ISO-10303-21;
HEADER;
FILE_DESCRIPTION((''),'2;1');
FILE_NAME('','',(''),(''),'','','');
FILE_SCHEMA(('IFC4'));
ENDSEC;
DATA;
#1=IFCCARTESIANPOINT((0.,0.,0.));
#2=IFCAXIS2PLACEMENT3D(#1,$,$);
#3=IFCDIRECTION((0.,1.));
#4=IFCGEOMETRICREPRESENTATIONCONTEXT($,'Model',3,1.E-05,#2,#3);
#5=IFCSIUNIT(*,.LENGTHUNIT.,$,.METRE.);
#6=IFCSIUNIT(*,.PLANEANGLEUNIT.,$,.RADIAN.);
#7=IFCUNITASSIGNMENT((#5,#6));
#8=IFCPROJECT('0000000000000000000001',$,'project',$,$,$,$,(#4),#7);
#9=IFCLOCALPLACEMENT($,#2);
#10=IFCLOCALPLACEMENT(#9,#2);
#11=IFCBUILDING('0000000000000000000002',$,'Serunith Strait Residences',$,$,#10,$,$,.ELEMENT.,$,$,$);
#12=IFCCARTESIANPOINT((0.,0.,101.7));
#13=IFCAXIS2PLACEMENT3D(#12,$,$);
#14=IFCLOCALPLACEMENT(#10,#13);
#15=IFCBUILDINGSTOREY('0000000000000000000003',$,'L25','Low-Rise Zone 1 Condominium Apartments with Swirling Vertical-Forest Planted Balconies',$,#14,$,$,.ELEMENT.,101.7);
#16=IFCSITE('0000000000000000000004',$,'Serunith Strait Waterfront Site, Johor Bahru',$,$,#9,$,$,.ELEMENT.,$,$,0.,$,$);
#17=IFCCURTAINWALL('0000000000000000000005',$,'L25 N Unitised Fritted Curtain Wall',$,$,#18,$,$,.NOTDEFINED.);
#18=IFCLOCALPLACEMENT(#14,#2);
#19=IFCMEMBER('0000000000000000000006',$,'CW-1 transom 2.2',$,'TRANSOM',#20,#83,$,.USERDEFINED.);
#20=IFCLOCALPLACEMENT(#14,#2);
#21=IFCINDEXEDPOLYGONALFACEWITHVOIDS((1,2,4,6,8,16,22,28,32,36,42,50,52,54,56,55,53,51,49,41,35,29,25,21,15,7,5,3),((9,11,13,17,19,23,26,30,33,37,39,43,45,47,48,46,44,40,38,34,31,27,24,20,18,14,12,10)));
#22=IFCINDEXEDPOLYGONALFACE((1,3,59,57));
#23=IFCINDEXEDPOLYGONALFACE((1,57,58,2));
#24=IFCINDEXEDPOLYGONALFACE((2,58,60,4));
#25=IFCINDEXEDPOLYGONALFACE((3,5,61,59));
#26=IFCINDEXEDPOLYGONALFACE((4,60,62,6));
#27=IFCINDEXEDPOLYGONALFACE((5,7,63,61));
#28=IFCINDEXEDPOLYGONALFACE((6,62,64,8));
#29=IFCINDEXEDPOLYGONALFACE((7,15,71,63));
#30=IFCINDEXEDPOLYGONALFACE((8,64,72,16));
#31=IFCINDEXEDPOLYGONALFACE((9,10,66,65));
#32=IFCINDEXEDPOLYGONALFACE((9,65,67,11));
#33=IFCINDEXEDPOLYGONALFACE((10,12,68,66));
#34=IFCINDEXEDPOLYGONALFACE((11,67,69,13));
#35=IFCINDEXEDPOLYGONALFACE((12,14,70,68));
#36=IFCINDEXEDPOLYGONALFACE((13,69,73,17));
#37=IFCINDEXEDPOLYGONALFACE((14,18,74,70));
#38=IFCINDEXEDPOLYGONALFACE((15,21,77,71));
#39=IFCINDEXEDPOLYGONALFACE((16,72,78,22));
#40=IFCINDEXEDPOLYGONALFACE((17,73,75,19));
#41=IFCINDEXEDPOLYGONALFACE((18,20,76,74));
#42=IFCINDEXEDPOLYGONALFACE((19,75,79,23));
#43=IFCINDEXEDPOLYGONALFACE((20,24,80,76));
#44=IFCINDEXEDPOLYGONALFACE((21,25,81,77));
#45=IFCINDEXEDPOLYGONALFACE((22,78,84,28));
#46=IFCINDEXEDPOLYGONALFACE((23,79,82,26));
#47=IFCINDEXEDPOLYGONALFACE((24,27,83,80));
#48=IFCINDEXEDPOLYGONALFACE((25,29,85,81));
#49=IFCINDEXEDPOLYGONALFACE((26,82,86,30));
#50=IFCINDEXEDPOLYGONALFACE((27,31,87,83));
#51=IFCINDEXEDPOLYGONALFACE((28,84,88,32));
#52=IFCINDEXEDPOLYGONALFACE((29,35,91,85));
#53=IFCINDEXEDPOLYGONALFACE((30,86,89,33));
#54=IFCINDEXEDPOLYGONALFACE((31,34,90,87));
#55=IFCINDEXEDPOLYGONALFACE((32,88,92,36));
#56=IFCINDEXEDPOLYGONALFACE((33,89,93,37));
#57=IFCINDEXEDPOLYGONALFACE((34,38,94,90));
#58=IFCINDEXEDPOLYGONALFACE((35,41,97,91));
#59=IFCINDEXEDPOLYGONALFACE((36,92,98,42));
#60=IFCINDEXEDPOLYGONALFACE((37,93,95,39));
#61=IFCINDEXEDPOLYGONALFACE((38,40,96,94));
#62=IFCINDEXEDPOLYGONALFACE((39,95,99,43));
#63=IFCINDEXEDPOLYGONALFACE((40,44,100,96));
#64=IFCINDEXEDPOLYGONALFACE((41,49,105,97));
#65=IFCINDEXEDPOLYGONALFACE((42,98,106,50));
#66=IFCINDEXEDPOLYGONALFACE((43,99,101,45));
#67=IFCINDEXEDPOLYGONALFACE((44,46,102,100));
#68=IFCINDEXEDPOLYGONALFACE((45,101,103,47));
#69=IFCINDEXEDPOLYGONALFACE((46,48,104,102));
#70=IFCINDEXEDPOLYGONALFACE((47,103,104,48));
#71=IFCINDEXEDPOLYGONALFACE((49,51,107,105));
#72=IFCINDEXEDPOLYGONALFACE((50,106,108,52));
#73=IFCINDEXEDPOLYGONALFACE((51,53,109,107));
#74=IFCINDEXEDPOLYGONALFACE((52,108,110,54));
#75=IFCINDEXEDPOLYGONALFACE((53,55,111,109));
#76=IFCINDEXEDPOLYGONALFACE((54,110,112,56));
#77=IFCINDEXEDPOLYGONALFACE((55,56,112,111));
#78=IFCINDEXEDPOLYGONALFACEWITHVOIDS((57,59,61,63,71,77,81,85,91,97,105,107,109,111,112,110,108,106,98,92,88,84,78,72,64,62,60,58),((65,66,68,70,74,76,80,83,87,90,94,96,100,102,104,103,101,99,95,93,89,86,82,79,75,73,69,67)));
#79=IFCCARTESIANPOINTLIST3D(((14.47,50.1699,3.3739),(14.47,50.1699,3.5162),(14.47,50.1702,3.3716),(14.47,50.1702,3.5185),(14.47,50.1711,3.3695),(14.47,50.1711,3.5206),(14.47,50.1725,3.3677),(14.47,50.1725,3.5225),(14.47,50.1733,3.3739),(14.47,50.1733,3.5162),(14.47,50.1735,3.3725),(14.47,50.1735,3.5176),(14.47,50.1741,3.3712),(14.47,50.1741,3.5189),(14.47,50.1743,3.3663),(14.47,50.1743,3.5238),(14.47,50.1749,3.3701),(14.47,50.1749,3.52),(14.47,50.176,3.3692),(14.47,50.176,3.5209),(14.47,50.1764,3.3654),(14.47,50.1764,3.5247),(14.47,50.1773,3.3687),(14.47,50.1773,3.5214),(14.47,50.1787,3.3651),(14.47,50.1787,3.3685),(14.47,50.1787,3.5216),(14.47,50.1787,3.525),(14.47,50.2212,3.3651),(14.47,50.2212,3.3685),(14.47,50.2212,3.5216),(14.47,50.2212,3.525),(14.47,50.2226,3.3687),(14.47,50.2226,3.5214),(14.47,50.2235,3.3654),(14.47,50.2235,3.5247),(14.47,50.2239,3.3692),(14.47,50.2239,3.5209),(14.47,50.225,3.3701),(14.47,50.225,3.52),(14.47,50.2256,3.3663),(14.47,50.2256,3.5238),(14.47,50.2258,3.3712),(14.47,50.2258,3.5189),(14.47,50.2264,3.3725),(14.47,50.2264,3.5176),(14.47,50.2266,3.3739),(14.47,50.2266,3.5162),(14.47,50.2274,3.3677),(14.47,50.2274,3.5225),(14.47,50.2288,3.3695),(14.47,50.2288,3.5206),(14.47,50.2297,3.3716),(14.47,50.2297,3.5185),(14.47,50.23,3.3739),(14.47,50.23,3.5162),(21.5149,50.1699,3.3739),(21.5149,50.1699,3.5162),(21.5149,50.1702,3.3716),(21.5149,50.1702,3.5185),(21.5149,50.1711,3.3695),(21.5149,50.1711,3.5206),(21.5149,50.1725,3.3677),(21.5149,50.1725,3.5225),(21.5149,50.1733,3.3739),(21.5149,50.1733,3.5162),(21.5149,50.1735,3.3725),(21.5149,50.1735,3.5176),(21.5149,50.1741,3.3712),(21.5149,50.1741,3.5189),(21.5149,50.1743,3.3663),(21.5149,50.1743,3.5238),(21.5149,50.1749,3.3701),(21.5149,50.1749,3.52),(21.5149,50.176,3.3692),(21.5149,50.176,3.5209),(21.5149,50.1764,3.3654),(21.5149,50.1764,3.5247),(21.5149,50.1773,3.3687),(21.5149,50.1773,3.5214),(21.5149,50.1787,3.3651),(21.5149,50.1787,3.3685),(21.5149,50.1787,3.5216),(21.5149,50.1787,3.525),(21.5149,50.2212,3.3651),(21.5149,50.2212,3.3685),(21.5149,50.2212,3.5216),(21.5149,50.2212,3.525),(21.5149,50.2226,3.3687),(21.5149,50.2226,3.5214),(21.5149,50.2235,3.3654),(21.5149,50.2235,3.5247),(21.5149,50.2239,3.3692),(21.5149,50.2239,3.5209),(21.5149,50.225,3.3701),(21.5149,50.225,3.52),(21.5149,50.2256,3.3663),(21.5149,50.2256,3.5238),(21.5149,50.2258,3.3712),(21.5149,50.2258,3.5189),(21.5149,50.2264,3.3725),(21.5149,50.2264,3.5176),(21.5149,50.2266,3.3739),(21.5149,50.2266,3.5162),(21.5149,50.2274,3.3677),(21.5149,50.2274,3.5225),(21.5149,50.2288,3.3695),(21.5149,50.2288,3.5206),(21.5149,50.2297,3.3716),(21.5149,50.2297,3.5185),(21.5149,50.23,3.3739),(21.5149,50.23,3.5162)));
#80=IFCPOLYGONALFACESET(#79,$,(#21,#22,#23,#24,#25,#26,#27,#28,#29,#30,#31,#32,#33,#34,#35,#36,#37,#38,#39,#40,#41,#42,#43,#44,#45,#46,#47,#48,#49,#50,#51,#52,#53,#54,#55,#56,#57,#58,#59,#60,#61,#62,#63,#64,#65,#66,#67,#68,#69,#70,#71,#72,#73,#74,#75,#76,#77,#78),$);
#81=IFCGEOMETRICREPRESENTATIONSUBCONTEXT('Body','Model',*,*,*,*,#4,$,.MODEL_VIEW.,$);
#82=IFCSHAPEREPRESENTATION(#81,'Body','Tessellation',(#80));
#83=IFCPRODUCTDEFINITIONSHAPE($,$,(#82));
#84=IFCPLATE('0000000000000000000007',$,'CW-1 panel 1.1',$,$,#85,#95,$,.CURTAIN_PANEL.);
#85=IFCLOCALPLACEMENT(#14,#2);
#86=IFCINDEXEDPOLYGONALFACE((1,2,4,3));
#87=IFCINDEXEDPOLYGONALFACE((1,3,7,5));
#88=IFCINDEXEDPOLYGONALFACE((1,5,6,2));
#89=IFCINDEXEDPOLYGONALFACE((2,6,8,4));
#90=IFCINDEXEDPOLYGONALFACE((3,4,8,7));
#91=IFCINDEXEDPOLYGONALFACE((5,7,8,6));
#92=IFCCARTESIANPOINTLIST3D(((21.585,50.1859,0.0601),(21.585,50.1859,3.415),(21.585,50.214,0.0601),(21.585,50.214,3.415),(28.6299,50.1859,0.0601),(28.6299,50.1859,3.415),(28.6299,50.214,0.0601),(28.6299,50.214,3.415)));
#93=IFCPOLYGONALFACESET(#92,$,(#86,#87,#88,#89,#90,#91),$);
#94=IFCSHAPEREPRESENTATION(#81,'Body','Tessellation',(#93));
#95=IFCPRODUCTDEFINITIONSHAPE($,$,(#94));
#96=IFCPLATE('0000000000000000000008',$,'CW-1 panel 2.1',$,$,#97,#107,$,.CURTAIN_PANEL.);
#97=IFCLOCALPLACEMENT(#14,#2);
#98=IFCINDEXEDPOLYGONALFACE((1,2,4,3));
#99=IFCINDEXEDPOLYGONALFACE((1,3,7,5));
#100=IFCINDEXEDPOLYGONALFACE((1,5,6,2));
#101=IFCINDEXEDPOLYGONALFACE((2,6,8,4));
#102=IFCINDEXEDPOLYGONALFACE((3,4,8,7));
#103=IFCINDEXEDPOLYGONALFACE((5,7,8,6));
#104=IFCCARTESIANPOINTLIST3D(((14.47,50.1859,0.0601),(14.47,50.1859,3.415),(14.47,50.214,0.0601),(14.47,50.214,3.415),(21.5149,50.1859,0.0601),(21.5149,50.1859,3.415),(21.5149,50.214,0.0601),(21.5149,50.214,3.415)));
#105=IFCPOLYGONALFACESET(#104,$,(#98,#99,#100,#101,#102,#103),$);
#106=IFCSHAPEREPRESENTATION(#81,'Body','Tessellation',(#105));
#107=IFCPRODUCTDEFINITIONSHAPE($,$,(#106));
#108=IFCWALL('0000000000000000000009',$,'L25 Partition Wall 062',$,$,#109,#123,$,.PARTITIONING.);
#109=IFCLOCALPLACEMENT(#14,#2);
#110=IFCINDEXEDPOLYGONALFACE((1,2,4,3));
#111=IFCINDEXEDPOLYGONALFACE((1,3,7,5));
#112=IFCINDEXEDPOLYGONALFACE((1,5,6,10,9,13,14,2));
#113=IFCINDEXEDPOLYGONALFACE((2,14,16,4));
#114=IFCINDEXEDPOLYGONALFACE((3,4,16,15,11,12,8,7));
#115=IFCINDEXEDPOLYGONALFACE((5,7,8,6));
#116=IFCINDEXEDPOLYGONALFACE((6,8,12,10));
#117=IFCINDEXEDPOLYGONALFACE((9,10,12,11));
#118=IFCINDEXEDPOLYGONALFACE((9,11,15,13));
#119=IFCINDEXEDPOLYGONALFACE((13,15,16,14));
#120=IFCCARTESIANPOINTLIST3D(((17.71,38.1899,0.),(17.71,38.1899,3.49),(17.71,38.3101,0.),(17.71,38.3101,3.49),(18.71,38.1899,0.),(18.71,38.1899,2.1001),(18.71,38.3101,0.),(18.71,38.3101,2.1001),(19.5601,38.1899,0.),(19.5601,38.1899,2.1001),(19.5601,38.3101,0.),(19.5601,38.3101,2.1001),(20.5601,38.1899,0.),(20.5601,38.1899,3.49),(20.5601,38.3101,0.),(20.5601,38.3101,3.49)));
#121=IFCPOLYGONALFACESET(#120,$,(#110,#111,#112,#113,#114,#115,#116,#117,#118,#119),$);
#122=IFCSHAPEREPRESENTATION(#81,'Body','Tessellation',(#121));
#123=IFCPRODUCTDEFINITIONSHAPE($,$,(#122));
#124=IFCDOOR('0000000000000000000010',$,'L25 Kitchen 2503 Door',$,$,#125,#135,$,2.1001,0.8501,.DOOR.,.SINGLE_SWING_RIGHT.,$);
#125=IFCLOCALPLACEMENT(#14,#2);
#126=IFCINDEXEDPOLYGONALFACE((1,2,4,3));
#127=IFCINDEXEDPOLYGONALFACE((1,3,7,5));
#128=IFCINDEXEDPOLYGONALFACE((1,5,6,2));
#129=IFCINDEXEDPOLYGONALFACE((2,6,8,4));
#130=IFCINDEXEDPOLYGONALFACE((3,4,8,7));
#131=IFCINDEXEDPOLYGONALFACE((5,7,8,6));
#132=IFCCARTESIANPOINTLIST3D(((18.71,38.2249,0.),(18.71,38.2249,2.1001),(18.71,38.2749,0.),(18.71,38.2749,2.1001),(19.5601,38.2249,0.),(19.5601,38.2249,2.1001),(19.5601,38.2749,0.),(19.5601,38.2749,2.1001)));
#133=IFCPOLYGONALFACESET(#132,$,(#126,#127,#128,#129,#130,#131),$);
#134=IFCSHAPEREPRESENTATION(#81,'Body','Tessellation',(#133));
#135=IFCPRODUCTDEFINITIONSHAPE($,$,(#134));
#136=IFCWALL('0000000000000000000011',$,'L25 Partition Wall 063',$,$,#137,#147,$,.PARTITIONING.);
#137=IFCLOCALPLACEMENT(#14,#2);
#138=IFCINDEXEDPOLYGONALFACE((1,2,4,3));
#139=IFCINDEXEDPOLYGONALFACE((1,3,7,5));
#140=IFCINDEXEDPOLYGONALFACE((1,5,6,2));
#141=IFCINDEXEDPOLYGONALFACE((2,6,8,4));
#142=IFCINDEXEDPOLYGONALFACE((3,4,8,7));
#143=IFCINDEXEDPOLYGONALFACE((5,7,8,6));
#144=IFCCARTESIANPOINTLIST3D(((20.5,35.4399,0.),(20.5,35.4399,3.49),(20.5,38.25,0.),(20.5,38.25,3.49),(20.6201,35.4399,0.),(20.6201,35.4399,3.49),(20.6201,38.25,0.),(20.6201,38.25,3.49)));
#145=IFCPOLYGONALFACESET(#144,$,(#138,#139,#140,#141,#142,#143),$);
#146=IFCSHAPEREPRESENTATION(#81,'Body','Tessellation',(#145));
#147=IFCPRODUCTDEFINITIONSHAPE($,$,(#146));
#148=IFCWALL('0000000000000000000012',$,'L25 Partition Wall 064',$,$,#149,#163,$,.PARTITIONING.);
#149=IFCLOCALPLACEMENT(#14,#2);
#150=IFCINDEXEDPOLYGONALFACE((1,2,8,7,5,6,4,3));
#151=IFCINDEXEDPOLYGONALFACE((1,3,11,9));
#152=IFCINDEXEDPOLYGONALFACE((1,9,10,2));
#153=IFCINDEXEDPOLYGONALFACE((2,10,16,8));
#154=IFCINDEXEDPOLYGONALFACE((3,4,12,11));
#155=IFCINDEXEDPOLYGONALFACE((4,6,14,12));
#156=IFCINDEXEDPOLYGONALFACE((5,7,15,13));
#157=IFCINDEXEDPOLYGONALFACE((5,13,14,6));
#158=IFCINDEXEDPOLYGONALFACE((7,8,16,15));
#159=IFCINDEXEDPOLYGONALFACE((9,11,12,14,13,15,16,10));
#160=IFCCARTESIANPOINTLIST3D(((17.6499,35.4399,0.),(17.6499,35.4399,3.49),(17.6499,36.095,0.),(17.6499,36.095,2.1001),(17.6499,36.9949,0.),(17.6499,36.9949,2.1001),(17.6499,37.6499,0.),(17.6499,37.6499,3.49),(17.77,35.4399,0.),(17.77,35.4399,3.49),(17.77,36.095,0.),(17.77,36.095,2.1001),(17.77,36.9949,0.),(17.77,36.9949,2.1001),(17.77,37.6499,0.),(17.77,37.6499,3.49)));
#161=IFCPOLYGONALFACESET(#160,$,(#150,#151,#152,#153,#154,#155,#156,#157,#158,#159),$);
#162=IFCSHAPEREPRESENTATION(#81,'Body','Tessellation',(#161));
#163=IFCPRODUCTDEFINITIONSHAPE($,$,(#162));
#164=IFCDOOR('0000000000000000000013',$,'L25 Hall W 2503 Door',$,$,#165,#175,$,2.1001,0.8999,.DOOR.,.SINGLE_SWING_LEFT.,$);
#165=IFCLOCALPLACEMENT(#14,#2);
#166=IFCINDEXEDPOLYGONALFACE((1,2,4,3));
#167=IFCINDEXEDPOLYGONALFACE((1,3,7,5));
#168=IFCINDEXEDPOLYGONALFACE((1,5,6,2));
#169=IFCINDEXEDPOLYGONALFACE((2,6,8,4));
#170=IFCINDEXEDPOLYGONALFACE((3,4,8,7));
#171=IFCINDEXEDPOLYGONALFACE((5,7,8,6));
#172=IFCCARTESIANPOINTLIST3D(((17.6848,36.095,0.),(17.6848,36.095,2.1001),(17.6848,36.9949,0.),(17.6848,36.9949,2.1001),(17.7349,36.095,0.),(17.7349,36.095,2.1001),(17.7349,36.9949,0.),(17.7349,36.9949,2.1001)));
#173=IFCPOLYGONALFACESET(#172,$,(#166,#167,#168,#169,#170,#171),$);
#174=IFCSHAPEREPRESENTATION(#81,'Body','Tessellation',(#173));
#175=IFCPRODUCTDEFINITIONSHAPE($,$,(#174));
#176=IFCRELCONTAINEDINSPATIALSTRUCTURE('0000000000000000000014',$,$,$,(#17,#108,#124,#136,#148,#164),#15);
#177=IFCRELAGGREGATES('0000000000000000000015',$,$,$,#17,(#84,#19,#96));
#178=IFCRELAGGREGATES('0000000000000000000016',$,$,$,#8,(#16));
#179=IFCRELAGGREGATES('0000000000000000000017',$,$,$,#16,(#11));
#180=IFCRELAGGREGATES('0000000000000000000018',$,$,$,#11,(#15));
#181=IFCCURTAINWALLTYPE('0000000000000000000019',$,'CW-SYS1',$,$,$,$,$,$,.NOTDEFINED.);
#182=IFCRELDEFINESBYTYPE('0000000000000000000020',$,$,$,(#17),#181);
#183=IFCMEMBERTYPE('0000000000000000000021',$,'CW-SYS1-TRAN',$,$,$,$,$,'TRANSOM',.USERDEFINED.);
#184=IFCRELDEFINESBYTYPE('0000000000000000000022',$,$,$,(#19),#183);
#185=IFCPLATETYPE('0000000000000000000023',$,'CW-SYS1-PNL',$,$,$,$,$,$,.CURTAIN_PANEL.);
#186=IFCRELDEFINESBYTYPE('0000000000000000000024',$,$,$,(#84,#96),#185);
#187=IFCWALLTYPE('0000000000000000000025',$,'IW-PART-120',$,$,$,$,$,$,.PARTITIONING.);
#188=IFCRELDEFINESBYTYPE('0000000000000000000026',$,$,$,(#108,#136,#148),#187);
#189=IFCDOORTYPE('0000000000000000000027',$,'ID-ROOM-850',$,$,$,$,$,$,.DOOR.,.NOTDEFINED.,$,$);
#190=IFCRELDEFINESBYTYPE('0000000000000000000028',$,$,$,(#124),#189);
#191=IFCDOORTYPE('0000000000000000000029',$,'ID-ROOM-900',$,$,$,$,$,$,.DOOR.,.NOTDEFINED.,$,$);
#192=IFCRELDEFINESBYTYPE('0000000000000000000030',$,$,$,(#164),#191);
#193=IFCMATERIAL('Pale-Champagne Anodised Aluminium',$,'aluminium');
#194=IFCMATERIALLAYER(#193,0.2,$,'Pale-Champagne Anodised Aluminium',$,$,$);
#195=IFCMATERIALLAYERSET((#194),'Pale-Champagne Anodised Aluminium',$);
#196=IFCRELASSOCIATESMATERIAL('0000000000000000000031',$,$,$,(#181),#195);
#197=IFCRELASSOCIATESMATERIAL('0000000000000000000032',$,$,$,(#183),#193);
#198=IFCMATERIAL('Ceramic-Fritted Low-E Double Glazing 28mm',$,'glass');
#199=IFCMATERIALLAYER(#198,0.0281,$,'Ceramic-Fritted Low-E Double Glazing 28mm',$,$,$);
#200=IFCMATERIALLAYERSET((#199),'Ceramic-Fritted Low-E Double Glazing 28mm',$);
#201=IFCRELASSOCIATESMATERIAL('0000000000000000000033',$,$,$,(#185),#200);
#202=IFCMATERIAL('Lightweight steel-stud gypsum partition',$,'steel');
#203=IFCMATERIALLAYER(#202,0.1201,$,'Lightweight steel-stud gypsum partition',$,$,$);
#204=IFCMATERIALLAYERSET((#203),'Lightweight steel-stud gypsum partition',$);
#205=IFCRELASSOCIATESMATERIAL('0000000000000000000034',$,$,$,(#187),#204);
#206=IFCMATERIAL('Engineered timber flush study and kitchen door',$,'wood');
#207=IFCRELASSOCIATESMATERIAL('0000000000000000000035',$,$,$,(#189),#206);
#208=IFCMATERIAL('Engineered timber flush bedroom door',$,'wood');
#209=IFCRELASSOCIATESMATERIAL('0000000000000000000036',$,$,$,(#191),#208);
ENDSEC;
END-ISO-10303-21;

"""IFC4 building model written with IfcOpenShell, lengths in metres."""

from ifc_helpers import new_model, si_unit, direction, frame, frame_2d, origin, origin_2d, place, context, subcontext, project, spatial, rectangle, hollow_rectangle, extrude, source, transform, mapped, material, layer, layer_set, material_profile, profile_set, type_object, element, fill, aggregate, save


model = new_model("IFC4")

# Units and contexts
model_context = context("Model", 3, precision=1e-05, world=origin(), true_north=direction((0.0, 1.0)))
body_context = subcontext(model_context, "Body", "Model", "MODEL_VIEW")
ifc_project = project(units=[si_unit("LENGTHUNIT", "METRE"), si_unit("PLANEANGLEUNIT", "RADIAN")], contexts=[model_context])

# Site, building, storey
site_placement = place(None, origin())
site = spatial("IfcSite", under=ifc_project, at=site_placement, Name="Serunith Strait Waterfront Site, Johor Bahru", CompositionType="ELEMENT", RefElevation=0.0)
building_placement = place(site_placement, origin())
building = spatial("IfcBuilding", under=site, at=building_placement, Name="Serunith Strait Residences", CompositionType="ELEMENT")
storey_placement = place(building_placement, frame((0.0, 0.0, 101.7)))
storey = spatial("IfcBuildingStorey", under=building, at=storey_placement, Name="L25", Description="Low-Rise Zone 1 Condominium Apartments with Swirling Vertical-Forest Planted Balconies", CompositionType="ELEMENT", Elevation=101.7)

# Curtain wall, member, plates
ifc_material_1 = material(Name="Pale-Champagne Anodised Aluminium", Category="aluminium")
ifc_layer_1 = layer(ifc_material_1, 0.2, Name="Pale-Champagne Anodised Aluminium")
ifc_layer_set_1 = layer_set([ifc_layer_1], Name="Pale-Champagne Anodised Aluminium")
curtain_wall_type = type_object("IfcCurtainWallType", Name="CW-SYS1", PredefinedType="NOTDEFINED", material=ifc_layer_set_1)
curtain_wall_placement = place(storey_placement, origin())
curtain_wall = element("IfcCurtainWall", 1, at=curtain_wall_placement, inside=storey, type_object=curtain_wall_type, Name="L25 N Unitised Fritted Curtain Wall", PredefinedType="NOTDEFINED")
ifc_material_profile_1 = material_profile(ifc_material_1, hollow_rectangle(XDim=0.0601, YDim=0.1599, WallThickness=0.0034, InnerFilletRadius=0.0054, OuterFilletRadius=0.0088, at=origin_2d()), Name="ALU 160x60x3.5")
ifc_profile_set_1 = profile_set([ifc_material_profile_1], Name="Pale-Champagne Anodised Aluminium")
member_type_1 = type_object("IfcMemberType", Name="CW-SYS1-TRAN", ElementType="TRANSOM", PredefinedType="USERDEFINED", material=ifc_profile_set_1)
shared_shape_1 = source(origin(), body_context, "Body", "SweptSolid", [
    extrude(hollow_rectangle(XDim=0.0601, YDim=0.1599, WallThickness=0.0034, InnerFilletRadius=0.0054, OuterFilletRadius=0.0088, at=origin_2d()), origin(), (0.0, 0.0, 1.0), 7.0449),
])
member_1_placement = place(storey_placement, frame((21.5149, 50.2, 3.4451), z_axis=(-1.0, 0.0, 0.0), x_axis=(0.0, -1.0, 0.0)))
member_1 = element("IfcMember", 2, at=member_1_placement, type_object=member_type_1, Name="CW-1 transom 2.2", ObjectType="TRANSOM", PredefinedType="USERDEFINED", context=body_context, shape_type="MappedRepresentation", body=[
    mapped(shared_shape_1, transform((0.0, 0.0, 0.0), scale=1.0)),
])
ifc_material_2 = material(Name="Ceramic-Fritted Low-E Double Glazing 28mm", Category="glass")
ifc_layer_2 = layer(ifc_material_2, 0.0281, Name="Ceramic-Fritted Low-E Double Glazing 28mm")
ifc_layer_set_2 = layer_set([ifc_layer_2], Name="Ceramic-Fritted Low-E Double Glazing 28mm")
plate_type = type_object("IfcPlateType", Name="CW-SYS1-PNL", PredefinedType="CURTAIN_PANEL", material=ifc_layer_set_2)
shared_shape_2 = source(origin(), body_context, "Body", "SweptSolid", [
    extrude(rectangle(XDim=7.0449, YDim=0.0281, at=origin_2d()), origin(), (0.0, 0.0, 1.0), 3.355),
])
plate_1_placement = place(storey_placement, frame((25.1074, 50.2, 0.0601), z_axis=(0.0, 0.0, 1.0), x_axis=(-1.0, 0.0, 0.0)))
plate_1 = element("IfcPlate", 3, at=plate_1_placement, type_object=plate_type, Name="CW-1 panel 1.1", PredefinedType="CURTAIN_PANEL", context=body_context, shape_type="MappedRepresentation", body=[
    mapped(shared_shape_2, transform((0.0, 0.0, 0.0), scale=1.0)),
])
plate_2_placement = place(storey_placement, frame((17.9924, 50.2, 0.0601), z_axis=(0.0, 0.0, 1.0), x_axis=(-1.0, 0.0, 0.0)))
plate_2 = element("IfcPlate", 4, at=plate_2_placement, type_object=plate_type, Name="CW-1 panel 2.1", PredefinedType="CURTAIN_PANEL", context=body_context, shape_type="MappedRepresentation", body=[
    mapped(shared_shape_2, transform((0.0, 0.0, 0.0), scale=1.0)),
])
aggregate(curtain_wall, [plate_1, member_1, plate_2])

# Wall, opening, door
ifc_material_3 = material(Name="Lightweight steel-stud gypsum partition", Category="steel")
ifc_layer_3 = layer(ifc_material_3, 0.1201, Name="Lightweight steel-stud gypsum partition")
ifc_layer_set_3 = layer_set([ifc_layer_3], Name="Lightweight steel-stud gypsum partition")
wall_type = type_object("IfcWallType", Name="IW-PART-120", PredefinedType="PARTITIONING", material=ifc_layer_set_3)
wall_1_placement = place(storey_placement, frame((17.71, 38.25, 0.0), z_axis=(0.0, 0.0, 1.0), x_axis=(1.0, 0.0, 0.0)))
wall_1 = element("IfcWall", 5, at=wall_1_placement, inside=storey, type_object=wall_type, Name="L25 Partition Wall 062", PredefinedType="PARTITIONING", context=body_context, shape_type="SweptSolid", body=[
    extrude(rectangle(XDim=2.8501, YDim=0.1201, at=frame_2d((1.425, 0.0))), origin(), (0.0, 0.0, 1.0), 3.49),
])
opening_1_placement = place(wall_1_placement, frame((1.0, 0.0, 0.0)))
opening_1 = element("IfcOpeningElement", 6, at=opening_1_placement, cuts=wall_1, PredefinedType="OPENING", context=body_context, shape_type="SweptSolid", body=[
    extrude(rectangle(XDim=0.8501, YDim=2.1001, at=frame_2d((0.425, 1.05))), frame((0.0, 0.0701, 0.0), z_axis=(0.0, -1.0, 0.0), x_axis=(1.0, 0.0, 0.0)), (0.0, 0.0, 1.0), 0.1401),
])
ifc_material_4 = material(Name="Engineered timber flush study and kitchen door", Category="wood")
door_type_1 = type_object("IfcDoorType", Name="ID-ROOM-850", OperationType="NOTDEFINED", PredefinedType="DOOR", material=ifc_material_4)
shared_shape_3 = source(origin(), body_context, "Body", "SweptSolid", [
    extrude(rectangle(XDim=0.8501, YDim=2.1001, at=frame_2d((0.425, 1.05))), frame((0.0, 0.0249, 0.0), z_axis=(0.0, -1.0, 0.0), x_axis=(1.0, 0.0, 0.0)), (0.0, 0.0, 1.0), 0.05),
])
door_1_placement = place(opening_1_placement, origin())
door_1 = element("IfcDoor", 7, at=door_1_placement, inside=storey, type_object=door_type_1, Name="L25 Kitchen 2503 Door", OperationType="SINGLE_SWING_RIGHT", OverallHeight=2.1001, OverallWidth=0.8501, PredefinedType="DOOR", context=body_context, shape_type="MappedRepresentation", body=[
    mapped(shared_shape_3, transform((0.0, 0.0, 0.0), scale=1.0)),
])
fill(opening_1, door_1)

# Wall
wall_2_placement = place(storey_placement, frame((20.5601, 38.25, 0.0), z_axis=(0.0, 0.0, 1.0), x_axis=(0.0, -1.0, 0.0)))
element("IfcWall", 8, at=wall_2_placement, inside=storey, type_object=wall_type, Name="L25 Partition Wall 063", PredefinedType="PARTITIONING", context=body_context, shape_type="SweptSolid", body=[
    extrude(rectangle(XDim=2.8101, YDim=0.1201, at=frame_2d((1.405, 0.0))), origin(), (0.0, 0.0, 1.0), 3.49),
])

# Wall, opening, door
wall_3_placement = place(storey_placement, frame((17.71, 37.6499, 0.0), z_axis=(0.0, 0.0, 1.0), x_axis=(0.0, -1.0, 0.0)))
wall_3 = element("IfcWall", 9, at=wall_3_placement, inside=storey, type_object=wall_type, Name="L25 Partition Wall 064", PredefinedType="PARTITIONING", context=body_context, shape_type="SweptSolid", body=[
    extrude(rectangle(XDim=2.21, YDim=0.1201, at=frame_2d((1.105, 0.0))), origin(), (0.0, 0.0, 1.0), 3.49),
])
opening_2_placement = place(wall_3_placement, frame((0.655, 0.0, 0.0)))
opening_2 = element("IfcOpeningElement", 10, at=opening_2_placement, cuts=wall_3, PredefinedType="OPENING", context=body_context, shape_type="SweptSolid", body=[
    extrude(rectangle(XDim=0.8999, YDim=2.1001, at=frame_2d((0.45, 1.05))), frame((0.0, 0.0701, 0.0), z_axis=(0.0, -1.0, 0.0), x_axis=(1.0, 0.0, 0.0)), (0.0, 0.0, 1.0), 0.1401),
])
ifc_material_5 = material(Name="Engineered timber flush bedroom door", Category="wood")
door_type_2 = type_object("IfcDoorType", Name="ID-ROOM-900", OperationType="NOTDEFINED", PredefinedType="DOOR", material=ifc_material_5)
shared_shape_4 = source(origin(), body_context, "Body", "SweptSolid", [
    extrude(rectangle(XDim=0.8999, YDim=2.1001, at=frame_2d((0.45, 1.05))), frame((0.0, 0.0249, 0.0), z_axis=(0.0, -1.0, 0.0), x_axis=(1.0, 0.0, 0.0)), (0.0, 0.0, 1.0), 0.05),
])
door_2_placement = place(opening_2_placement, origin())
door_2 = element("IfcDoor", 11, at=door_2_placement, inside=storey, type_object=door_type_2, Name="L25 Hall W 2503 Door", OperationType="SINGLE_SWING_LEFT", OverallHeight=2.1001, OverallWidth=0.8999, PredefinedType="DOOR", context=body_context, shape_type="MappedRepresentation", body=[
    mapped(shared_shape_4, transform((0.0, 0.0, 0.0), scale=1.0)),
])
fill(opening_2, door_2)

save(model, "model.ifc")
